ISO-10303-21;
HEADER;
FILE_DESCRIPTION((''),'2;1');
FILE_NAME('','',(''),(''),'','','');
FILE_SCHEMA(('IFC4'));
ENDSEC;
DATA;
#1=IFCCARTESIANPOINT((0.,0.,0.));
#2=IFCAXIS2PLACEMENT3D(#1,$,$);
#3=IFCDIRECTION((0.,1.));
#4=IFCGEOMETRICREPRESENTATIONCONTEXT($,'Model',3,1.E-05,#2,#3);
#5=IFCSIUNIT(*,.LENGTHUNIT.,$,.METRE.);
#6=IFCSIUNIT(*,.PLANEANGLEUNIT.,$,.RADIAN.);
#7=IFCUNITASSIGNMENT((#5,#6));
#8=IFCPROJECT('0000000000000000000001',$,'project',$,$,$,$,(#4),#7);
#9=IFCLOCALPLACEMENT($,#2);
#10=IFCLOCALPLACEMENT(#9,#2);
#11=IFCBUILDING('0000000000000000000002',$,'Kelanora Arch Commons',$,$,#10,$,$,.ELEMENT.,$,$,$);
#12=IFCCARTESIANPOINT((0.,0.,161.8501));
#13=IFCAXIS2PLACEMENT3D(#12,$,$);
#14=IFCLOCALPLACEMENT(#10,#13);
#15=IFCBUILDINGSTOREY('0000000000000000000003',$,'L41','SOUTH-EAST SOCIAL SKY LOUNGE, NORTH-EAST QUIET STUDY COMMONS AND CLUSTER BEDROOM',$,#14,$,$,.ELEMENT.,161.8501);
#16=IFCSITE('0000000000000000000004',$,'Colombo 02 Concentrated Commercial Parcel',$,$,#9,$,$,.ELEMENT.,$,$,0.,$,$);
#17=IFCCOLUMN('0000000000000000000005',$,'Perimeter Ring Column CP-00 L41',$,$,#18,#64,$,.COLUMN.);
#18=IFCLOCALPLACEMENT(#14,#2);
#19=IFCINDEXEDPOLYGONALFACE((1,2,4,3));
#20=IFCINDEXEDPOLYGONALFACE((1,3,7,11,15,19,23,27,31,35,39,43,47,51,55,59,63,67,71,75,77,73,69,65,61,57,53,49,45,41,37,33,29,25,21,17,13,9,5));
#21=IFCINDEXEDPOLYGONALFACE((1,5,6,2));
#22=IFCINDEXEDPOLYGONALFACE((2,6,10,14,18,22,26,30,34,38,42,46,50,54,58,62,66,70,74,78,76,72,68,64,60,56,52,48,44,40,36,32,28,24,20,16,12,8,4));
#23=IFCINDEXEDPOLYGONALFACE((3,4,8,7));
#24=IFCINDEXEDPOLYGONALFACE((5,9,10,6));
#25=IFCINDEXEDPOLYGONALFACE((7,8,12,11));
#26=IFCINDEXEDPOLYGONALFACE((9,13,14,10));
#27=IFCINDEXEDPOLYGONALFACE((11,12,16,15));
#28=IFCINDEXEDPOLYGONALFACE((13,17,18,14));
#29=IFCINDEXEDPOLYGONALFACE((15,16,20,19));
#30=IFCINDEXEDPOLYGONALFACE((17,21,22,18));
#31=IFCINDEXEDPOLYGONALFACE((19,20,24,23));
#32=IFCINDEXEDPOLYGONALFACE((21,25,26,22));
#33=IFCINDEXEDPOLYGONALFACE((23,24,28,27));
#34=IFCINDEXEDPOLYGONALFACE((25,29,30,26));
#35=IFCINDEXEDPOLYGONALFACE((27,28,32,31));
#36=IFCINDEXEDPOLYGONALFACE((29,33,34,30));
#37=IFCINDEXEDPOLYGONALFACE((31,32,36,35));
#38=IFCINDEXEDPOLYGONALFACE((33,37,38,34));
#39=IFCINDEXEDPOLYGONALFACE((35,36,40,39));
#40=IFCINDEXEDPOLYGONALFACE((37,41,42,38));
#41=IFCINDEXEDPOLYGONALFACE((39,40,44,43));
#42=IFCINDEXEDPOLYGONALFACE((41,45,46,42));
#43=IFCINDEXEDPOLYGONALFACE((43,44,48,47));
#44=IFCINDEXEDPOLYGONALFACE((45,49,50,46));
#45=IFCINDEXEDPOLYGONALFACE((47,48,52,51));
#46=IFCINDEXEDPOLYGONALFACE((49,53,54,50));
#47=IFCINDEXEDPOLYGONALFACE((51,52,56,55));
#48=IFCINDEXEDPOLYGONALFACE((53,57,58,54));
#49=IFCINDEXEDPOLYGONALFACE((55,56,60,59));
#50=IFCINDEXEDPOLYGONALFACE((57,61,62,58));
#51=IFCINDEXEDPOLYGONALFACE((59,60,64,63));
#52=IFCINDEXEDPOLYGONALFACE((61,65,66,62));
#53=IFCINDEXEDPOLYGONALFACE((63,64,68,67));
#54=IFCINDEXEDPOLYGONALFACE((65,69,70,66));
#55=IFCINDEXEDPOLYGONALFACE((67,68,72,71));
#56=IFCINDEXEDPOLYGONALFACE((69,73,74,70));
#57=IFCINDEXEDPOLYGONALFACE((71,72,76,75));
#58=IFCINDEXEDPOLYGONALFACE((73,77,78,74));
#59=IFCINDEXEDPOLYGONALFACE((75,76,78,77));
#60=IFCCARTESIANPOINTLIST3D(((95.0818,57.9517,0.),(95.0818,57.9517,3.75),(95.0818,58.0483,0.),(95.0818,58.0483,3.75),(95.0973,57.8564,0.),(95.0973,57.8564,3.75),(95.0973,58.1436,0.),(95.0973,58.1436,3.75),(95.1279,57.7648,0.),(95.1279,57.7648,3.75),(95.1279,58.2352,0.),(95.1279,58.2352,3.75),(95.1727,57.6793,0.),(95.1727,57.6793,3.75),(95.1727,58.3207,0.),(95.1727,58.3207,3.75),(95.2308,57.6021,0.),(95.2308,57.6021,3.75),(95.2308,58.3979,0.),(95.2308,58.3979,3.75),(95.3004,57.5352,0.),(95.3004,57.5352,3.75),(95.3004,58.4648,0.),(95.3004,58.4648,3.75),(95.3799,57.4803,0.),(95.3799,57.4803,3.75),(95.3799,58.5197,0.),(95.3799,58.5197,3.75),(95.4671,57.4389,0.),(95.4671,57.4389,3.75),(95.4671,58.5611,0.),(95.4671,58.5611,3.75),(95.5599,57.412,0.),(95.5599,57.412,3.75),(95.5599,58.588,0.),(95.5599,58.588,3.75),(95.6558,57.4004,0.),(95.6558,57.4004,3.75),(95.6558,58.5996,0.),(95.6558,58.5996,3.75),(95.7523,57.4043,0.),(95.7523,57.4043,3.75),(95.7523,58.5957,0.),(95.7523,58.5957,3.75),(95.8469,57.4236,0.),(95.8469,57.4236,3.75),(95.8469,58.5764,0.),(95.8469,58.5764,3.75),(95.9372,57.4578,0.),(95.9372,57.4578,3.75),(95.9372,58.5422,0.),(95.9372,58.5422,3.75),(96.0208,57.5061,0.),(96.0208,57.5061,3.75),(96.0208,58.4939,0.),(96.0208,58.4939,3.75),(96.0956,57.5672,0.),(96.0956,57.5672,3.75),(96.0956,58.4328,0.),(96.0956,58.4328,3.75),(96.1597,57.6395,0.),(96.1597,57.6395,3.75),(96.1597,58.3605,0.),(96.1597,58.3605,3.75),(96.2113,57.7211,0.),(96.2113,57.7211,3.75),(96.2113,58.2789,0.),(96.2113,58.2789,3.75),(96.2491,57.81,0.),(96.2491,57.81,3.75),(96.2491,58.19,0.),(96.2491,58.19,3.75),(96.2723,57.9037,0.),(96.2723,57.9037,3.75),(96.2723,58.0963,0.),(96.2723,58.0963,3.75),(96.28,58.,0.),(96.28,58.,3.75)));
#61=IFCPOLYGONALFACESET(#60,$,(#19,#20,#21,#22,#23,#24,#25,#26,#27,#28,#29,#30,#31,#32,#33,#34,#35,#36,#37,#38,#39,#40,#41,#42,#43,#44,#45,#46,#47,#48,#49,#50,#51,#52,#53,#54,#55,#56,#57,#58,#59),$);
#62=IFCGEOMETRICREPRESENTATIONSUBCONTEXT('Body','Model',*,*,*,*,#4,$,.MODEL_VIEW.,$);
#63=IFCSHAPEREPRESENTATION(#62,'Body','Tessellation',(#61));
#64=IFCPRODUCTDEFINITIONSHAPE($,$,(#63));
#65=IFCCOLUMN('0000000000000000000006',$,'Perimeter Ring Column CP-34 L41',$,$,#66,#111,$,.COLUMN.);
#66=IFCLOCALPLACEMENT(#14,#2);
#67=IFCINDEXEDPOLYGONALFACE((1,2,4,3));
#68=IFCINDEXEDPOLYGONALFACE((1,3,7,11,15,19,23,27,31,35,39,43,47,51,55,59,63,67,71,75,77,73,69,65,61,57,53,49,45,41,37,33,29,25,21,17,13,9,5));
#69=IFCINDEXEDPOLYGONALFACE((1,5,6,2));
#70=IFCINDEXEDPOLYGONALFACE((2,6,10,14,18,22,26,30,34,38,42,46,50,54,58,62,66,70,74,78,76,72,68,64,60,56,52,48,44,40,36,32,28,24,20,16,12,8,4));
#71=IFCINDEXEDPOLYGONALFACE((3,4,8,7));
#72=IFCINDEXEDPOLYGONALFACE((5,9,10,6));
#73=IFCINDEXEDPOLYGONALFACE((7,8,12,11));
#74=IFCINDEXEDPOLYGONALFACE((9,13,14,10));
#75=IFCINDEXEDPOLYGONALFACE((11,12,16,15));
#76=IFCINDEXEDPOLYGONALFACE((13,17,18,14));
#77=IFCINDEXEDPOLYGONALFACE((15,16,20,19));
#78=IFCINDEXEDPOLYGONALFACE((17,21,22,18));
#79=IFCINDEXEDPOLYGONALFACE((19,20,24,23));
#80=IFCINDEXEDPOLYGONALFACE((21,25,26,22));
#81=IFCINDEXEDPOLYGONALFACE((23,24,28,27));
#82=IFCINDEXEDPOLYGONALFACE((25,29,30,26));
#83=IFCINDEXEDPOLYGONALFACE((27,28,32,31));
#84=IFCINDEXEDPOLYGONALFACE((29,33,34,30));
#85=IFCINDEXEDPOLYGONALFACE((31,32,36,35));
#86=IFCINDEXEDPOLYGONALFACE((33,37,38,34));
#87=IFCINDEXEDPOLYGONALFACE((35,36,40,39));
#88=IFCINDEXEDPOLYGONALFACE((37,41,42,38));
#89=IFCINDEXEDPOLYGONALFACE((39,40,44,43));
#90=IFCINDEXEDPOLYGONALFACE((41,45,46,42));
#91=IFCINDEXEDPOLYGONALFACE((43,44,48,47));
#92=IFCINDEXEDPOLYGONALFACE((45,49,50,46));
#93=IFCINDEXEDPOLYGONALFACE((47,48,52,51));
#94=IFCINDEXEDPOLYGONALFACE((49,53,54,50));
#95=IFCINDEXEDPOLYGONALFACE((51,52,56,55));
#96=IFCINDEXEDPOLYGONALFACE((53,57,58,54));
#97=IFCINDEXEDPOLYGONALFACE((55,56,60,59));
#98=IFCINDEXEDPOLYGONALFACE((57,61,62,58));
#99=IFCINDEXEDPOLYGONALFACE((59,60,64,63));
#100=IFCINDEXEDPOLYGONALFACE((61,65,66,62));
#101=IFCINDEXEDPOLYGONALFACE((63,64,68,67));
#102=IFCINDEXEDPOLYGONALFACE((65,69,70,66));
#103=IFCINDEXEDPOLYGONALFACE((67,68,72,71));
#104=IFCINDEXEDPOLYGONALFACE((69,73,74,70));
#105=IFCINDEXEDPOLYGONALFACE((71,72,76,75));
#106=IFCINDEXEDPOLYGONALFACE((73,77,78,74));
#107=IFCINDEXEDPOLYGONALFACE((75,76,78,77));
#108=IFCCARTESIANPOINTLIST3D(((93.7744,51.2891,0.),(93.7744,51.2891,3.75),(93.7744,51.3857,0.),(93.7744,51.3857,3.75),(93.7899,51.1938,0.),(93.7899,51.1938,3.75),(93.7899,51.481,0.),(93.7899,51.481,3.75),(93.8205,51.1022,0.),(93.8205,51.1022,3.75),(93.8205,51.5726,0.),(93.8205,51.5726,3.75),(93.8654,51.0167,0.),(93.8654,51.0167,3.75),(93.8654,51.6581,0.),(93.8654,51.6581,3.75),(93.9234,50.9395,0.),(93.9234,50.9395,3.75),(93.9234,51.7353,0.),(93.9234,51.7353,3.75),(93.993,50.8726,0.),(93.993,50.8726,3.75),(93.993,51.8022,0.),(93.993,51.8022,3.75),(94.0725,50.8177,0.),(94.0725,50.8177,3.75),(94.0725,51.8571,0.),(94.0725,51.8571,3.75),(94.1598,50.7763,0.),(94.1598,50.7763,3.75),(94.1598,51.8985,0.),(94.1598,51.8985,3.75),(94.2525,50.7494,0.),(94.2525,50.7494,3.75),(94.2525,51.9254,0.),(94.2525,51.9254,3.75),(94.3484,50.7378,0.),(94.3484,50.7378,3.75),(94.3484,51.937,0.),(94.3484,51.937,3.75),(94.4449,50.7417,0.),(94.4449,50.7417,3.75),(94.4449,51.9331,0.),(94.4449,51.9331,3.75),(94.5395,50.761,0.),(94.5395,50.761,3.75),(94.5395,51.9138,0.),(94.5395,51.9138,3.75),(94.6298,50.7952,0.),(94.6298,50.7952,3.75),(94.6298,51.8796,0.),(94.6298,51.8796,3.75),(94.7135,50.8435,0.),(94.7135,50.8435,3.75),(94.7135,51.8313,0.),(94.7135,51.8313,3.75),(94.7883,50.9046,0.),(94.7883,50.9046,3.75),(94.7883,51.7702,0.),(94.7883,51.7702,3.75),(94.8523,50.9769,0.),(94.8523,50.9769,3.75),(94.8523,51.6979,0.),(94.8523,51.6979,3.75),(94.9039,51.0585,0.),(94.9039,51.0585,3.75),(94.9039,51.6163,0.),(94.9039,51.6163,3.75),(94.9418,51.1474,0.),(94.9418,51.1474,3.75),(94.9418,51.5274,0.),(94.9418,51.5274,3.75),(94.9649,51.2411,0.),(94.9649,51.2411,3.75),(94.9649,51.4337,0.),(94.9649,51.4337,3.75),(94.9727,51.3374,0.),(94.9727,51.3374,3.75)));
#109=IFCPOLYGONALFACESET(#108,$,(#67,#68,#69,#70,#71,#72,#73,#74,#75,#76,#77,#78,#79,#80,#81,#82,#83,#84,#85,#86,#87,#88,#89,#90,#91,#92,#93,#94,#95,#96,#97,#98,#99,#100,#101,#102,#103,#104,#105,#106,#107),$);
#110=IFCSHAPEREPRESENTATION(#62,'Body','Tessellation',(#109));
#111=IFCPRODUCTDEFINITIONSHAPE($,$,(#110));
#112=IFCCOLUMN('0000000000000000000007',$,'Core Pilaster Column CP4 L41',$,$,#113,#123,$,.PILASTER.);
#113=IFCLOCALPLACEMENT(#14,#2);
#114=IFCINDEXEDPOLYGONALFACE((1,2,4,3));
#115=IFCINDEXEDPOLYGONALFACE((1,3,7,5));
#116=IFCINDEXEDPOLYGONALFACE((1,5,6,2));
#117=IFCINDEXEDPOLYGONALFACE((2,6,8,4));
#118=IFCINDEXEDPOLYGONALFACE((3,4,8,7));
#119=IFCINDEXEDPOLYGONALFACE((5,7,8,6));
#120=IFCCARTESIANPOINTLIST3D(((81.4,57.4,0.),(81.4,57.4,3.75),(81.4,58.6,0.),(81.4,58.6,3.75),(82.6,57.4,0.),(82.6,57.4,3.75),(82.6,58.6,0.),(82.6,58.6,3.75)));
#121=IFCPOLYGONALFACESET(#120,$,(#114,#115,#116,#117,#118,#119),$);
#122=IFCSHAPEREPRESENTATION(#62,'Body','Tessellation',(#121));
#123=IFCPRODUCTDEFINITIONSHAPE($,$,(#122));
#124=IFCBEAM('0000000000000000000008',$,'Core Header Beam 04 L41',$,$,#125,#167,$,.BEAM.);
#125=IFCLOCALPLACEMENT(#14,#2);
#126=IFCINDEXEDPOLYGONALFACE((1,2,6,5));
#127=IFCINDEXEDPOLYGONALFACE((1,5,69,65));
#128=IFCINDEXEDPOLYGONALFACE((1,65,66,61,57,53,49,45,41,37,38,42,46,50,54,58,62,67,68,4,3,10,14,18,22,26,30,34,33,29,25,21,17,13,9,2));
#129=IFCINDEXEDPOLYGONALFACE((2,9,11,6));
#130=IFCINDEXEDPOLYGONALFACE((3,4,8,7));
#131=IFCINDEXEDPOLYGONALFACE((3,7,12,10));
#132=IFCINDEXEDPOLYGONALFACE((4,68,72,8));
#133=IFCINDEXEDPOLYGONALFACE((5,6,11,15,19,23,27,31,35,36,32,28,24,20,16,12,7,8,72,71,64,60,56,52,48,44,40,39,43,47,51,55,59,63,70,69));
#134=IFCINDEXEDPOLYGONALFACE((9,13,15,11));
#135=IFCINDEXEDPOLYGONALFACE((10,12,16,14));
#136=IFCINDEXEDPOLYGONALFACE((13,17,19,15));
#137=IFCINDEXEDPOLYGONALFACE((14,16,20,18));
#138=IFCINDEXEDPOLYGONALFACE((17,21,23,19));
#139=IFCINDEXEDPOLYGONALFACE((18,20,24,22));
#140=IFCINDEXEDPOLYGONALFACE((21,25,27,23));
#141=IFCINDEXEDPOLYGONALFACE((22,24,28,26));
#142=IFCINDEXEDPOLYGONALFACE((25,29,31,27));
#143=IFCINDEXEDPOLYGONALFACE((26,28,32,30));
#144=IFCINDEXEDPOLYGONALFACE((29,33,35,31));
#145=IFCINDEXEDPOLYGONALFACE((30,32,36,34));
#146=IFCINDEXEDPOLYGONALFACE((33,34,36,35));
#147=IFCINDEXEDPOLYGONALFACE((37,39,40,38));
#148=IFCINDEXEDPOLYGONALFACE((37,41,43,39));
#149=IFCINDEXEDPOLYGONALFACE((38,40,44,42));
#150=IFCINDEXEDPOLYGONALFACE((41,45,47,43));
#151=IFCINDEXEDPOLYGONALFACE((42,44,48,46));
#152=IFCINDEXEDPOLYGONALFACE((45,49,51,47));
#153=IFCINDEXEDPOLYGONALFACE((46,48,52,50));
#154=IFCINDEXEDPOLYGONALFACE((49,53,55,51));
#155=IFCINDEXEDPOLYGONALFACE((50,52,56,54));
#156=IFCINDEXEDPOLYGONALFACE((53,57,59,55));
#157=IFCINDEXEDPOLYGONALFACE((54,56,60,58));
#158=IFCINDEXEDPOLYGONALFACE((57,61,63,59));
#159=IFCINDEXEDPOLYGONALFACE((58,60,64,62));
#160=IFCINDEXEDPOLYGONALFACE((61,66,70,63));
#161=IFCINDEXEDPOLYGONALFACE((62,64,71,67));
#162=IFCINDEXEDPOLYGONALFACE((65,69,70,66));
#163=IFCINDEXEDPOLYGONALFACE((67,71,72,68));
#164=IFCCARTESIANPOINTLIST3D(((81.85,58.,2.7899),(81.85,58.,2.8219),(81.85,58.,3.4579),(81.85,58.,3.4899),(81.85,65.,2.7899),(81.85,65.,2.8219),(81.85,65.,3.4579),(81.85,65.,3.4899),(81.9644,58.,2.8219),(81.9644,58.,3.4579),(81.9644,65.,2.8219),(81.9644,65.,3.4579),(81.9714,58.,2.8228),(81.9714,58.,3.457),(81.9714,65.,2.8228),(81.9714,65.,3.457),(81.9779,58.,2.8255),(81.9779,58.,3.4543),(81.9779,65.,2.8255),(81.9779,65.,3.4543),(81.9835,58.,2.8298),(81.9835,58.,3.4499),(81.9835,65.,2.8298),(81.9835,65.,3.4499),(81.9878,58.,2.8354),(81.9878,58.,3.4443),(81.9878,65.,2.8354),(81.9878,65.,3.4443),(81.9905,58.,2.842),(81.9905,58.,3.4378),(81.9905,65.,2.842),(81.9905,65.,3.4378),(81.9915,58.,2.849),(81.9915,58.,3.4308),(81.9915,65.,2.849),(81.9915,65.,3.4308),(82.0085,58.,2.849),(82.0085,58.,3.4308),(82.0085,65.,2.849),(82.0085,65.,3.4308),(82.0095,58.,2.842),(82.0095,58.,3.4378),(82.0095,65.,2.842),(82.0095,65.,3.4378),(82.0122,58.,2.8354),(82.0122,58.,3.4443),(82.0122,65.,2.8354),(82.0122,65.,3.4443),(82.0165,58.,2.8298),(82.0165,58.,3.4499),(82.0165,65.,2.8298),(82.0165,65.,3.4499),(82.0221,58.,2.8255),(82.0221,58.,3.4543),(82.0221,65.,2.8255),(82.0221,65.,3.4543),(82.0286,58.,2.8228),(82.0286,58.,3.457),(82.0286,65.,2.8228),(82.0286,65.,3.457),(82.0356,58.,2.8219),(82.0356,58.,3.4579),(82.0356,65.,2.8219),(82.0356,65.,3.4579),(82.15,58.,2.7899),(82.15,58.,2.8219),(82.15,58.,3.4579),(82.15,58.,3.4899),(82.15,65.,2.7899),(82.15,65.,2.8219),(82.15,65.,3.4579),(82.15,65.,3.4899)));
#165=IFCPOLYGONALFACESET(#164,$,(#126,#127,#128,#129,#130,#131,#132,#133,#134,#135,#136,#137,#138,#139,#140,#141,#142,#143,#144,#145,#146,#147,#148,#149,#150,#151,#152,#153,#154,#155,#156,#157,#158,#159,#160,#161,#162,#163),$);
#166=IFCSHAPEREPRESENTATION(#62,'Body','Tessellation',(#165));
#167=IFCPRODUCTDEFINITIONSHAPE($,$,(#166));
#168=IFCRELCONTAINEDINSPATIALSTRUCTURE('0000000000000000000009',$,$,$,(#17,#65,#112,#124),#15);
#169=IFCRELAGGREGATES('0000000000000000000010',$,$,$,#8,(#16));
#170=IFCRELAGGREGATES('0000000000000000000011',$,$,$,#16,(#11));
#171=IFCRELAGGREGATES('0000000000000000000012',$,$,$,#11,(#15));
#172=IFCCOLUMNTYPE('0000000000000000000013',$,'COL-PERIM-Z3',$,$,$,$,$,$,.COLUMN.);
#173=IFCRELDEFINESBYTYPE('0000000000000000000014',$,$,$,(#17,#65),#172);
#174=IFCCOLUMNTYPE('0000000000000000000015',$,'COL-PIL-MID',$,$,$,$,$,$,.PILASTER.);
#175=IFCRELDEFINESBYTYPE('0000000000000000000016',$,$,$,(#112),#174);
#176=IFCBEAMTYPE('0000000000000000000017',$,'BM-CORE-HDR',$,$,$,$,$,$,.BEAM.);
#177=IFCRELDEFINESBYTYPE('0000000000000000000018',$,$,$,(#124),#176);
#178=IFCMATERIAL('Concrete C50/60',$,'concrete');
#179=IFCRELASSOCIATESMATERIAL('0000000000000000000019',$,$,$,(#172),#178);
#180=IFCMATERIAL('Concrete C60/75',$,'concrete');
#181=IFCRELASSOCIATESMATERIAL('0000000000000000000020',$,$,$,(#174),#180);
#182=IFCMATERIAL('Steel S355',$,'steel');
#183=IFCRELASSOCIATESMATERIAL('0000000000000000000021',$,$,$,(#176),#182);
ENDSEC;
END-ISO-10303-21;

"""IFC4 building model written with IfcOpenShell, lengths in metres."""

from ifc_helpers import new_model, si_unit, direction, frame, origin, origin_2d, place, context, subcontext, project, spatial, rectangle, circle, i_section, extrude, material, material_profile, profile_set, type_object, element, save


model = new_model("IFC4")

# Units and contexts
model_context = context("Model", 3, precision=1e-05, world=origin(), true_north=direction((0.0, 1.0)))
body_context = subcontext(model_context, "Body", "Model", "MODEL_VIEW")
ifc_project = project(units=[si_unit("LENGTHUNIT", "METRE"), si_unit("PLANEANGLEUNIT", "RADIAN")], contexts=[model_context])

# Site, building, storey
site_placement = place(None, origin())
site = spatial("IfcSite", under=ifc_project, at=site_placement, Name="Colombo 02 Concentrated Commercial Parcel", CompositionType="ELEMENT", RefElevation=0.0)
building_placement = place(site_placement, origin())
building = spatial("IfcBuilding", under=site, at=building_placement, Name="Kelanora Arch Commons", CompositionType="ELEMENT")
storey_placement = place(building_placement, frame((0.0, 0.0, 161.8501)))
storey = spatial("IfcBuildingStorey", under=building, at=storey_placement, Name="L41", Description="SOUTH-EAST SOCIAL SKY LOUNGE, NORTH-EAST QUIET STUDY COMMONS AND CLUSTER BEDROOM", CompositionType="ELEMENT", Elevation=161.8501)

# Columns
ifc_material_1 = material(Name="Concrete C50/60", Category="concrete")
ifc_material_profile_1 = material_profile(ifc_material_1, circle(Radius=0.6001, at=origin_2d()), Name="RCC1200")
ifc_profile_set_1 = profile_set([ifc_material_profile_1], Name="Concrete C50/60")
column_type_1 = type_object("IfcColumnType", Name="COL-PERIM-Z3", PredefinedType="COLUMN", material=ifc_profile_set_1)
for number, where, z_axis, x_axis, name in (
    (1, (95.6799, 58.0, 0.0), (0.0, 0.0, 1.0), (1.0, 0.0, 0.0), "Perimeter Ring Column CP-00 L41"),
    (2, (94.3726, 51.3374, 0.0), (0.0, 0.0, 1.0), (1.0, 0.0, 0.0), "Perimeter Ring Column CP-34 L41"),
):
    element("IfcColumn", number, at=place(storey_placement, frame(where, z_axis=z_axis, x_axis=x_axis)), inside=storey, type_object=column_type_1, Name=name, PredefinedType="COLUMN", context=body_context, shape_type="SweptSolid", body=[
        extrude(circle(Radius=0.6001, at=origin_2d()), origin(), (0.0, 0.0, 1.0), 3.75),
    ])
ifc_material_2 = material(Name="Concrete C60/75", Category="concrete")
ifc_material_profile_2 = material_profile(ifc_material_2, rectangle(XDim=1.2, YDim=1.2, at=origin_2d()), Name="RC1200x1200")
ifc_profile_set_2 = profile_set([ifc_material_profile_2], Name="Concrete C60/75")
column_type_2 = type_object("IfcColumnType", Name="COL-PIL-MID", PredefinedType="PILASTER", material=ifc_profile_set_2)
column_placement = place(storey_placement, frame((82.0, 58.0, 0.0), z_axis=(0.0, 0.0, 1.0), x_axis=(1.0, 0.0, 0.0)))
element("IfcColumn", 3, at=column_placement, inside=storey, type_object=column_type_2, Name="Core Pilaster Column CP4 L41", PredefinedType="PILASTER", context=body_context, shape_type="SweptSolid", body=[
    extrude(rectangle(XDim=1.2, YDim=1.2, at=origin_2d()), origin(), (0.0, 0.0, 1.0), 3.75),
])

# Beam
ifc_material_3 = material(Name="Steel S355", Category="steel")
ifc_material_profile_3 = material_profile(ifc_material_3, i_section(OverallWidth=0.3, OverallDepth=0.7, WebThickness=0.0171, FlangeThickness=0.032, FilletRadius=0.0271, at=origin_2d()), Name="HEB700")
ifc_profile_set_3 = profile_set([ifc_material_profile_3], Name="Steel S355")
beam_type_1 = type_object("IfcBeamType", Name="BM-CORE-HDR", PredefinedType="BEAM", material=ifc_profile_set_3)
beam_1_placement = place(storey_placement, frame((82.0, 58.0, 3.1399), z_axis=(0.0, 1.0, 0.0), x_axis=(-1.0, 0.0, 0.0)))
element("IfcBeam", 4, at=beam_1_placement, inside=storey, type_object=beam_type_1, Name="Core Header Beam 04 L41", PredefinedType="BEAM", context=body_context, shape_type="SweptSolid", body=[
    extrude(i_section(OverallWidth=0.3, OverallDepth=0.7, WebThickness=0.0171, FlangeThickness=0.032, FilletRadius=0.0271, at=origin_2d()), origin(), (0.0, 0.0, 1.0), 7.0),
])

save(model, "model.ifc")
